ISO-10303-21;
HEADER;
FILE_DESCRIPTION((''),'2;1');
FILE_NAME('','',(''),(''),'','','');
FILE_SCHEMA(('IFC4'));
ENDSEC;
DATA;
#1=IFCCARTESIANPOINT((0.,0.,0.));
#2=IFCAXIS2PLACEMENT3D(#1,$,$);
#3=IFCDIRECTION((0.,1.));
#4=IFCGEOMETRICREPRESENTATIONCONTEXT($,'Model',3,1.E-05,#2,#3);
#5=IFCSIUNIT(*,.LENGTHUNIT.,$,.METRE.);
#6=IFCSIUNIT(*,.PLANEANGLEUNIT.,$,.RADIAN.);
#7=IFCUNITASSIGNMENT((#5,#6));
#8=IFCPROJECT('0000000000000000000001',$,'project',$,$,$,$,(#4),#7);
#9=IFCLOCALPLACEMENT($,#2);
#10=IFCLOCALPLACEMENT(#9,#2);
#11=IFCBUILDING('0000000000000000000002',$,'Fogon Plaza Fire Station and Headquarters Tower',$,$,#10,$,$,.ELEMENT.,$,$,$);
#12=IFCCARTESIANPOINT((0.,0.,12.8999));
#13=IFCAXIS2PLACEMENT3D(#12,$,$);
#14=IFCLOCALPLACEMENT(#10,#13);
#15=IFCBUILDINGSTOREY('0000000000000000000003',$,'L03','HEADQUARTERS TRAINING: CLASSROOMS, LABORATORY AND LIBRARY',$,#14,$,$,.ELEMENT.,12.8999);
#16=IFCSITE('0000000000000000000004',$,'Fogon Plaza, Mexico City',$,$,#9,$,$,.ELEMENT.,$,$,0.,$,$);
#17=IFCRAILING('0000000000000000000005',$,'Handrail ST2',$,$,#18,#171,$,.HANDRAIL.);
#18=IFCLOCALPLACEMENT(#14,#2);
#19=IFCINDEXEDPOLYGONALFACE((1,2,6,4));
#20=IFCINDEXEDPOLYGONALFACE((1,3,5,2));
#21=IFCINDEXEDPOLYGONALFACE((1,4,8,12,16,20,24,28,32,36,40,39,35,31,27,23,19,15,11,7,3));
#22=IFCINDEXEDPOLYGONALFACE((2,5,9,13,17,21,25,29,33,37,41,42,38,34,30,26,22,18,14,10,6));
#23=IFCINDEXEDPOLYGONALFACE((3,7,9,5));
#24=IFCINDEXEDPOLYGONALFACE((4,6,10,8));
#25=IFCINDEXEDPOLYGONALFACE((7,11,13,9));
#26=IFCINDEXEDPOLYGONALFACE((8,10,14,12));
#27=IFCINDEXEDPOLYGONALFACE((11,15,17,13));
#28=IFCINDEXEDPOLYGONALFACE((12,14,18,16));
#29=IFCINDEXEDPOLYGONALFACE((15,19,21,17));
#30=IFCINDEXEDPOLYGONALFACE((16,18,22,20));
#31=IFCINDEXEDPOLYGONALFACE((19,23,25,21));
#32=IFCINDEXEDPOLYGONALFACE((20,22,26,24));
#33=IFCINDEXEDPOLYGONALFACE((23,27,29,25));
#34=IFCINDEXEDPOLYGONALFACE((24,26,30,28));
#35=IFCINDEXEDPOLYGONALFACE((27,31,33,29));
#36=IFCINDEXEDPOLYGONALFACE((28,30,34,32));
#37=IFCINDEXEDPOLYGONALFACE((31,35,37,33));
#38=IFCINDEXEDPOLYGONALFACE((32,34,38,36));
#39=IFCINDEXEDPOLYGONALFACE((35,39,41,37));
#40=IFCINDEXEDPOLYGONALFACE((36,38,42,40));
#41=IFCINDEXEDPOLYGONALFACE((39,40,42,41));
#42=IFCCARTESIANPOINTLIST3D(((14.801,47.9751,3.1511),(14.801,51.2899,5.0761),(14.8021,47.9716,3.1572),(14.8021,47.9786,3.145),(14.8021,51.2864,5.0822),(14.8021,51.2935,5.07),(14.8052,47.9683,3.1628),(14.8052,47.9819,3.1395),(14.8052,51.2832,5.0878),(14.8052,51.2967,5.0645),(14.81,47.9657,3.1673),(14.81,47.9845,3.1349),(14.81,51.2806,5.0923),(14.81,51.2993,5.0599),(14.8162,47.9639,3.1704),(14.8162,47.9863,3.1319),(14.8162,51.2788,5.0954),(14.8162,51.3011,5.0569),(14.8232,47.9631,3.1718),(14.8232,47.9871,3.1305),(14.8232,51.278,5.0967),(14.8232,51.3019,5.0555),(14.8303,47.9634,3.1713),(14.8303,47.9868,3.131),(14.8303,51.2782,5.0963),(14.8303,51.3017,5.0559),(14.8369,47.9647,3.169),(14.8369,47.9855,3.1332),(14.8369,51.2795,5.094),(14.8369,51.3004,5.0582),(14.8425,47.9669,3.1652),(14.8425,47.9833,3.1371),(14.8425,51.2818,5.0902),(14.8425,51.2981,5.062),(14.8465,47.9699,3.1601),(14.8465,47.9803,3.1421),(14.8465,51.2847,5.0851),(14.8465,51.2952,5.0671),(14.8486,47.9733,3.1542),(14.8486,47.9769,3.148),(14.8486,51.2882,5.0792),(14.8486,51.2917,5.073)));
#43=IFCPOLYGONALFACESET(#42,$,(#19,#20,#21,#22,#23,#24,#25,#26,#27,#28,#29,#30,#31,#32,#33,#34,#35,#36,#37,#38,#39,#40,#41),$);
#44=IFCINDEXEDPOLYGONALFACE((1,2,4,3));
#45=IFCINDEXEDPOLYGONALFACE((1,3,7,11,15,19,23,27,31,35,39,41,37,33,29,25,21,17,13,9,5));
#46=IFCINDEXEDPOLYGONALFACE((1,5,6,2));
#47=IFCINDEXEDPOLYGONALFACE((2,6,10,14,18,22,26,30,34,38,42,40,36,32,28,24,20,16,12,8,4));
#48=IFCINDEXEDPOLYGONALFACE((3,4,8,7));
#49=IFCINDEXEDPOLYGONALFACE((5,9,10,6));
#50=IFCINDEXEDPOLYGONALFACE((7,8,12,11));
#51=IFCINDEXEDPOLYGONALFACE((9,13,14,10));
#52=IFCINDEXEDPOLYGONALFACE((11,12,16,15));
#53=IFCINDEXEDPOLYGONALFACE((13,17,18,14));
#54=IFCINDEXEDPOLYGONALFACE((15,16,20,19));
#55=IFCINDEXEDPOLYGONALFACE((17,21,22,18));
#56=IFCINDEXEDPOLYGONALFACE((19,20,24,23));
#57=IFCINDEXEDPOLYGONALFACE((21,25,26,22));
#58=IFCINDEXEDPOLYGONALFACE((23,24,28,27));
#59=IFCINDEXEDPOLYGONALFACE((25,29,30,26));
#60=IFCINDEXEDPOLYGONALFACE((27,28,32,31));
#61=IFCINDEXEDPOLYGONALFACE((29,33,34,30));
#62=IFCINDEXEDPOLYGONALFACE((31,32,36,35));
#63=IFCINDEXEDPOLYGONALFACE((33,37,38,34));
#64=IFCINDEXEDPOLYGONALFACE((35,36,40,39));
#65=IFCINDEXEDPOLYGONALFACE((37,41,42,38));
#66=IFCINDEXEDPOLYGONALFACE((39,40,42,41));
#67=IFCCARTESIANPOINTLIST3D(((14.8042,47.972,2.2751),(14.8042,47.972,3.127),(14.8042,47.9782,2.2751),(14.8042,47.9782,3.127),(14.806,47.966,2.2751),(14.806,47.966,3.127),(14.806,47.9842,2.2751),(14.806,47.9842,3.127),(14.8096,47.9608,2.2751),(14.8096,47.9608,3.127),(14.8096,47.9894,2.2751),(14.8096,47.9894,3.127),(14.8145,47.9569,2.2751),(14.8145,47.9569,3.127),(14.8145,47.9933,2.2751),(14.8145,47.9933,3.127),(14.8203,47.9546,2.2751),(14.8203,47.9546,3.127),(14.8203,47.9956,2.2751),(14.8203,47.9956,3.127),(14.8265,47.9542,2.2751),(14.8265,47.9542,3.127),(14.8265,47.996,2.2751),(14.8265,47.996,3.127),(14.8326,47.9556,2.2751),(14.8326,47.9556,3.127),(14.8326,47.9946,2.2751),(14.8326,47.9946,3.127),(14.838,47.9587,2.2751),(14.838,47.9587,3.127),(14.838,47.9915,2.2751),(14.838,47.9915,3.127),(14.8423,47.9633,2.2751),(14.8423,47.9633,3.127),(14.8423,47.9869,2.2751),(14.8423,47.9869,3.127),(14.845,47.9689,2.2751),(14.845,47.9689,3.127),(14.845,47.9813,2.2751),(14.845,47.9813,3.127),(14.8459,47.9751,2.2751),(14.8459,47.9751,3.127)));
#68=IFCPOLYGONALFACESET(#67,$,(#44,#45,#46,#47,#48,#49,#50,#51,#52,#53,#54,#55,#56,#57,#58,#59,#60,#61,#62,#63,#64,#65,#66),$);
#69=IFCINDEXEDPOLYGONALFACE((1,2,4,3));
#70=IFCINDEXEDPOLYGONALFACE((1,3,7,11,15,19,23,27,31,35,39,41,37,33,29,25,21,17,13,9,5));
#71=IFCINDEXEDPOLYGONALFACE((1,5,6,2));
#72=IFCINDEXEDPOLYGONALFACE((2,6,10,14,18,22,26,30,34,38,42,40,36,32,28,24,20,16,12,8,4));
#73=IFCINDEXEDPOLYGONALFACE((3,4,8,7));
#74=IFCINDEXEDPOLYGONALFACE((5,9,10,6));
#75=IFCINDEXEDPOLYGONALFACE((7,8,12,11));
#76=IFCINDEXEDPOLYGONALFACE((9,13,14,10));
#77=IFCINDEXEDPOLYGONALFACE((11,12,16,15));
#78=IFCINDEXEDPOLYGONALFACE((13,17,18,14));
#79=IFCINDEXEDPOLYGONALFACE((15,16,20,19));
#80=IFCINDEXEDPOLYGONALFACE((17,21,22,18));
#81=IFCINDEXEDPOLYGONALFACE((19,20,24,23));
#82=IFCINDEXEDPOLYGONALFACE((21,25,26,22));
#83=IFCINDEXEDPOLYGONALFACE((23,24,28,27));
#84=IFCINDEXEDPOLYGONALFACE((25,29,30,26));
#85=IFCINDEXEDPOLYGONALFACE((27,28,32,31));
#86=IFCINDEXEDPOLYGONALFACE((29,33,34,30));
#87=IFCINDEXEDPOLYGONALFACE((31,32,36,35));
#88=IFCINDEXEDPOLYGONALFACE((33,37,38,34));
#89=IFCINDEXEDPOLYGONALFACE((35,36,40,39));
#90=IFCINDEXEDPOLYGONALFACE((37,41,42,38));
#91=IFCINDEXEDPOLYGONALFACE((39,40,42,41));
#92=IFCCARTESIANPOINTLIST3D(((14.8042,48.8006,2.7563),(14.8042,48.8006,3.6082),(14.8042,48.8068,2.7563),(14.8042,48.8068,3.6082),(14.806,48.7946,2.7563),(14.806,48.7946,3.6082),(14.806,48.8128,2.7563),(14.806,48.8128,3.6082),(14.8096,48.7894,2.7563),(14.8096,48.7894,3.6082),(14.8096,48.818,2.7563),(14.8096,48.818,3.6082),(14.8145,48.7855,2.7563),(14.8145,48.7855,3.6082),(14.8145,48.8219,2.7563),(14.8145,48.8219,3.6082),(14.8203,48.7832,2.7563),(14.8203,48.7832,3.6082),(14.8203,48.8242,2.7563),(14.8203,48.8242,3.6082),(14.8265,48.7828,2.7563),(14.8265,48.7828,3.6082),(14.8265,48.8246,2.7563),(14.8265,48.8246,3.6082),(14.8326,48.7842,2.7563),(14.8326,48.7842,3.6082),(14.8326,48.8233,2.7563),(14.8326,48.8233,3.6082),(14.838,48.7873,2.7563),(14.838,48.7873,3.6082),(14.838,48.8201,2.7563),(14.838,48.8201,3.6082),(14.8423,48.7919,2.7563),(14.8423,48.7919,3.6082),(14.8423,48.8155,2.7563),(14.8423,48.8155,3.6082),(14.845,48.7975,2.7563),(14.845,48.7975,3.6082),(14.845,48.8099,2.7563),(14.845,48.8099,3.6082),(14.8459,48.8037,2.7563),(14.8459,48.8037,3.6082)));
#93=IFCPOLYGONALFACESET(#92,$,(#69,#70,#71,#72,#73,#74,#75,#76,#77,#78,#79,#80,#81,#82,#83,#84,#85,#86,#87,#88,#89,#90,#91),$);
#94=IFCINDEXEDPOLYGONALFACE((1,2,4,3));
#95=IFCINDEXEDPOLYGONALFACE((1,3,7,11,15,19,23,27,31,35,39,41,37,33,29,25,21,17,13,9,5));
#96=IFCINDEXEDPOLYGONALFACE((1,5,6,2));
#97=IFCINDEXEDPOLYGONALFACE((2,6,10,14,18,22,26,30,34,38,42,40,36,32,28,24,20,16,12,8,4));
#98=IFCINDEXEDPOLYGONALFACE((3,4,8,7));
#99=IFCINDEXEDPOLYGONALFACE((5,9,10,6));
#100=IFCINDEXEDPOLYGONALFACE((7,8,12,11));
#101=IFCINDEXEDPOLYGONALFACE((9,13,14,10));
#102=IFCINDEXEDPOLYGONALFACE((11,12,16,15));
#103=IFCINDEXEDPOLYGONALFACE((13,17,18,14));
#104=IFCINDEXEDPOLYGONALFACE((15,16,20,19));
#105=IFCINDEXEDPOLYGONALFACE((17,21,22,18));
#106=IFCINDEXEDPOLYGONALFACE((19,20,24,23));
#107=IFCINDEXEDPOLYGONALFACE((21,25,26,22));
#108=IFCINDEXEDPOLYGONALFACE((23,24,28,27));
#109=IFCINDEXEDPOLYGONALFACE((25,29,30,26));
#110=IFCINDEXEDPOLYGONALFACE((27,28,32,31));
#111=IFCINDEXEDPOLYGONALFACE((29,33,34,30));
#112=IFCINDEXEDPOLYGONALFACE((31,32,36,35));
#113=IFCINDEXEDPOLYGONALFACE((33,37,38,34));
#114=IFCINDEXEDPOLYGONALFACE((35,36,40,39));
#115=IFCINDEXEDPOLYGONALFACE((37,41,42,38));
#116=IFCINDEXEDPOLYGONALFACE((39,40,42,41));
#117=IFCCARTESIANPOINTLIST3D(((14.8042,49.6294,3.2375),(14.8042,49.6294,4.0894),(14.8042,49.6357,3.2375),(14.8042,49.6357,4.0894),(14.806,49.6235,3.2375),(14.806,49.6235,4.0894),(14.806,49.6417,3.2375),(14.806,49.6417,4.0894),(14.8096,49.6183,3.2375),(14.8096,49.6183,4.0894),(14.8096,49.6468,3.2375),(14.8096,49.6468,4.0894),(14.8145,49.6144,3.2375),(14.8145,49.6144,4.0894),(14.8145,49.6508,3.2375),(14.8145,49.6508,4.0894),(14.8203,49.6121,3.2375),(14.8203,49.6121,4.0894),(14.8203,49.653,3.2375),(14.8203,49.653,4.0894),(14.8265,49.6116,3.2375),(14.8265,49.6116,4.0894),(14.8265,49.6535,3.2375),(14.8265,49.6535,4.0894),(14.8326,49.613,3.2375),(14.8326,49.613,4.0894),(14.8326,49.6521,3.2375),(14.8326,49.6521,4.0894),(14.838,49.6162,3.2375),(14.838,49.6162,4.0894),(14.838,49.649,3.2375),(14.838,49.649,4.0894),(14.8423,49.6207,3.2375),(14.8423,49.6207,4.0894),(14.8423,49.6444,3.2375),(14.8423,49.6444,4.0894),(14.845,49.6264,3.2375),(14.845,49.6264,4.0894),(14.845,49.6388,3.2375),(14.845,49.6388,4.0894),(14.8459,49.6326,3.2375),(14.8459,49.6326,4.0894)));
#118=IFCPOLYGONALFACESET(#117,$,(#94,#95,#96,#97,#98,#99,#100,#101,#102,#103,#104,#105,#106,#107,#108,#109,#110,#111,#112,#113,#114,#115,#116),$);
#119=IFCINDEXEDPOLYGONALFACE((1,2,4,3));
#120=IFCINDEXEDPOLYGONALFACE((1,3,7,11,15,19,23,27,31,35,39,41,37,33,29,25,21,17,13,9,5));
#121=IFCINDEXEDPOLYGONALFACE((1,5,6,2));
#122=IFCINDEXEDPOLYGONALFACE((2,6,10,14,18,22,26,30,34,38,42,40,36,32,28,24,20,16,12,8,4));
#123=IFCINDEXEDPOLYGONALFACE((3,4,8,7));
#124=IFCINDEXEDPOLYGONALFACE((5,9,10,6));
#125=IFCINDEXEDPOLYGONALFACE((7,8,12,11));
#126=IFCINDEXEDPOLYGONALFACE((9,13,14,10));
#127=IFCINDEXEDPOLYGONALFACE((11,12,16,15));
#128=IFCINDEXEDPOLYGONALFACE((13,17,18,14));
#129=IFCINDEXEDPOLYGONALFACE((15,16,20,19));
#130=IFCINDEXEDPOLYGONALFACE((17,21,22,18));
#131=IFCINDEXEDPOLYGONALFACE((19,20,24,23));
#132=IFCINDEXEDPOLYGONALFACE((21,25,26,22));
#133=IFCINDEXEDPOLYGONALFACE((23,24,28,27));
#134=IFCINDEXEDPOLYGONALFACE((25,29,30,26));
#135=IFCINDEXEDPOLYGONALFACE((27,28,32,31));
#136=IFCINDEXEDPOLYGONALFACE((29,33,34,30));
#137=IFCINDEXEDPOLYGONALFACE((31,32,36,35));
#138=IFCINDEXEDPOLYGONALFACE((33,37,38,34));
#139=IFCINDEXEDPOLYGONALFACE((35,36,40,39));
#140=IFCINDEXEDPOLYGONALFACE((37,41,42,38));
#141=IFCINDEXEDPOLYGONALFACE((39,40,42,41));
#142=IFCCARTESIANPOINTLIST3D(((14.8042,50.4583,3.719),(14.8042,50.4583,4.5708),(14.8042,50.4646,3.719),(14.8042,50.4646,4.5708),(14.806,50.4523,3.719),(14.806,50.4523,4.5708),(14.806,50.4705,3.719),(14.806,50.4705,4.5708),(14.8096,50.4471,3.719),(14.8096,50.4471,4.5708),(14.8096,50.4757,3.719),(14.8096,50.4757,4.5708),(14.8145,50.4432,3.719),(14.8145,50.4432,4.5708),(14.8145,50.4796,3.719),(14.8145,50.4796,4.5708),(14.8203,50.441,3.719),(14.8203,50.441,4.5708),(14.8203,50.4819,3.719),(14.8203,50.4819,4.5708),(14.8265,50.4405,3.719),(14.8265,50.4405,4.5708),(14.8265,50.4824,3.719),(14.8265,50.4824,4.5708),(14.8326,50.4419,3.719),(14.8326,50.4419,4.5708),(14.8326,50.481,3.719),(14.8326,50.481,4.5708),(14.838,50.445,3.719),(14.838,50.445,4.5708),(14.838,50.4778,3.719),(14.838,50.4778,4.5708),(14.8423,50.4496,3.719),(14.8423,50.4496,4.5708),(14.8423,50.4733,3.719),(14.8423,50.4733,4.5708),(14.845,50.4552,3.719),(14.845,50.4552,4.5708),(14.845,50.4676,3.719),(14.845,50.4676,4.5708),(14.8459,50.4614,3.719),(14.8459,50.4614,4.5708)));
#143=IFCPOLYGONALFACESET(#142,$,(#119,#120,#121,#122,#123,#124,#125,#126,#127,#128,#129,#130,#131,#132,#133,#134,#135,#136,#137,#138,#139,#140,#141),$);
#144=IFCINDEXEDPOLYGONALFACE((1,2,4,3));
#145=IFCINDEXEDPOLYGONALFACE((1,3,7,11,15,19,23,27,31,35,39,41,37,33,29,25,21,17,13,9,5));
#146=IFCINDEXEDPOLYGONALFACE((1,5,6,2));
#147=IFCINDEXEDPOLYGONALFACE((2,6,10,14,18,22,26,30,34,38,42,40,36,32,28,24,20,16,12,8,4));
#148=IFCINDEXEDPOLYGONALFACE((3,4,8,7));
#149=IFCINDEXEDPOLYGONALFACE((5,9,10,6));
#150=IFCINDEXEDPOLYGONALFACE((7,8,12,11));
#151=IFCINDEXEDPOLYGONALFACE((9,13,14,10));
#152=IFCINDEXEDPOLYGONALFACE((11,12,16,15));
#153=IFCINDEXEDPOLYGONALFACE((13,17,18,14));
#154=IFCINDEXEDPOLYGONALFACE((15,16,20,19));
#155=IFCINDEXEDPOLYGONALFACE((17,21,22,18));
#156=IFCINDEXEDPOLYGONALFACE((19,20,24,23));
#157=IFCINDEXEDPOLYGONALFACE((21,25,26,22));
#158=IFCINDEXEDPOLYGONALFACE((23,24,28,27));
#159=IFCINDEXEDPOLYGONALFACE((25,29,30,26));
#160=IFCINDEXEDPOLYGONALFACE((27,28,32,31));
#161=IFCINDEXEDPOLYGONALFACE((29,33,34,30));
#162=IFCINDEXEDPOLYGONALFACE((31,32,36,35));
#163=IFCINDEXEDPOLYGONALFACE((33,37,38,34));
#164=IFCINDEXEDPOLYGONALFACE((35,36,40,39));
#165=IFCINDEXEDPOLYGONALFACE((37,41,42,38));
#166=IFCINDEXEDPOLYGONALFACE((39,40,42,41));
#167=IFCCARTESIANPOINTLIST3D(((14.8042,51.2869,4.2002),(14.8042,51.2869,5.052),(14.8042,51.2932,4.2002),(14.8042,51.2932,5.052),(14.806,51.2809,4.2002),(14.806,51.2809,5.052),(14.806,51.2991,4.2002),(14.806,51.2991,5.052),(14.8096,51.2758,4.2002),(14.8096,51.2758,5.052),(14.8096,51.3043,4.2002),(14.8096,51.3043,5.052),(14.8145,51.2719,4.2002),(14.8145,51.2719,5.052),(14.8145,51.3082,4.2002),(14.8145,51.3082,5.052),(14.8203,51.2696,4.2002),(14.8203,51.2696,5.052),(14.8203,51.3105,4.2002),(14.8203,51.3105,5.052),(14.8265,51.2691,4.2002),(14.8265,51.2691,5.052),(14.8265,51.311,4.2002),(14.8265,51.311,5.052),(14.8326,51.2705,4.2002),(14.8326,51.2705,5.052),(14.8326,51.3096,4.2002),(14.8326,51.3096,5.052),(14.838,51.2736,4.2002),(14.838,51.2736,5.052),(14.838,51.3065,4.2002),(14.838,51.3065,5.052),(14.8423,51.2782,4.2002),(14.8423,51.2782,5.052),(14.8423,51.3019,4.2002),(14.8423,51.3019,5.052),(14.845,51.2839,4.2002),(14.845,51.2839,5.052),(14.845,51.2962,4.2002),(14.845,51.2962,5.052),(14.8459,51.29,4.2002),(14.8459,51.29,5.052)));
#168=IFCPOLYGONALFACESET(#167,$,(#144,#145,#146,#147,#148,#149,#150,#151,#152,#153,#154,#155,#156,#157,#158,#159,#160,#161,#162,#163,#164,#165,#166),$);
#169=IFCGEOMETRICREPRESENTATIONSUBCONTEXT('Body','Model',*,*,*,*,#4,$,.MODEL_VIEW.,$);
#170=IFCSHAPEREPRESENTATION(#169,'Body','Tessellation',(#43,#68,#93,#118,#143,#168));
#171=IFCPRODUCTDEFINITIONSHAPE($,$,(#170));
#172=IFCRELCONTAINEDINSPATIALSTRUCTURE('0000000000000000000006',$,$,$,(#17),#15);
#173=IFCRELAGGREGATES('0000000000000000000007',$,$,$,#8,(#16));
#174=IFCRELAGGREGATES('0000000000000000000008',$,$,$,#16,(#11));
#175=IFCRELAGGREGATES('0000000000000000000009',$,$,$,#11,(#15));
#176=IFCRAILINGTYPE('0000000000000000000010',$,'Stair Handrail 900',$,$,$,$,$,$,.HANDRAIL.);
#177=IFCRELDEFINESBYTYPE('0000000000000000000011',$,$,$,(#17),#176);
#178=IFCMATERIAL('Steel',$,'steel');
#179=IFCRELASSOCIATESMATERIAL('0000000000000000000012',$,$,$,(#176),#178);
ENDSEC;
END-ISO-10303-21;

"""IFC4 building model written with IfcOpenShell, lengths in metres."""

from ifc_helpers import new_model, si_unit, direction, frame, origin, origin_2d, place, context, subcontext, project, spatial, circle, extrude, material, type_object, element, save


model = new_model("IFC4")

# Units and contexts
model_context = context("Model", 3, precision=1e-05, world=origin(), true_north=direction((0.0, 1.0)))
body_context = subcontext(model_context, "Body", "Model", "MODEL_VIEW")
ifc_project = project(units=[si_unit("LENGTHUNIT", "METRE"), si_unit("PLANEANGLEUNIT", "RADIAN")], contexts=[model_context])

# Site, building, storey
site_placement = place(None, origin())
site = spatial("IfcSite", under=ifc_project, at=site_placement, Name="Fogon Plaza, Mexico City", CompositionType="ELEMENT", RefElevation=0.0)
building_placement = place(site_placement, origin())
building = spatial("IfcBuilding", under=site, at=building_placement, Name="Fogon Plaza Fire Station and Headquarters Tower", CompositionType="ELEMENT")
storey_placement = place(building_placement, frame((0.0, 0.0, 12.8999)))
storey = spatial("IfcBuildingStorey", under=building, at=storey_placement, Name="L03", Description="HEADQUARTERS TRAINING: CLASSROOMS, LABORATORY AND LIBRARY", CompositionType="ELEMENT", Elevation=12.8999)

# Railing
ifc_material_1 = material(Name="Steel", Category="steel")
railing_type = type_object("IfcRailingType", Name="Stair Handrail 900", PredefinedType="HANDRAIL", material=ifc_material_1)
for number, where, name in (
    (1, (14.825, 47.9751, 2.2751), "Handrail ST2"),
):
    element("IfcRailing", number, at=place(storey_placement, frame(where)), inside=storey, type_object=railing_type, Name=name, PredefinedType="HANDRAIL", context=body_context, shape_type="SweptSolid", body=[
        extrude(circle(Radius=0.0239, at=origin_2d()), frame((0.0, 0.0, 0.876), z_axis=(0.0, 0.864761, 0.502183), x_axis=(-1.0, 0.0, 0.0)), (0.0, 0.0, 1.0), 3.8333),
        extrude(circle(Radius=0.021, at=origin_2d()), origin(), (0.0, 0.0, 1.0), 0.8518),
        extrude(circle(Radius=0.021, at=origin_2d()), frame((0.0, 0.8286, 0.4812)), (0.0, 0.0, 1.0), 0.8518),
        extrude(circle(Radius=0.021, at=origin_2d()), frame((0.0, 1.6575, 0.9624)), (0.0, 0.0, 1.0), 0.8518),
        extrude(circle(Radius=0.021, at=origin_2d()), frame((0.0, 2.4863, 1.4438)), (0.0, 0.0, 1.0), 0.8518),
        extrude(circle(Radius=0.021, at=origin_2d()), frame((0.0, 3.3149, 1.925)), (0.0, 0.0, 1.0), 0.8518),
    ])

save(model, "model.ifc")
